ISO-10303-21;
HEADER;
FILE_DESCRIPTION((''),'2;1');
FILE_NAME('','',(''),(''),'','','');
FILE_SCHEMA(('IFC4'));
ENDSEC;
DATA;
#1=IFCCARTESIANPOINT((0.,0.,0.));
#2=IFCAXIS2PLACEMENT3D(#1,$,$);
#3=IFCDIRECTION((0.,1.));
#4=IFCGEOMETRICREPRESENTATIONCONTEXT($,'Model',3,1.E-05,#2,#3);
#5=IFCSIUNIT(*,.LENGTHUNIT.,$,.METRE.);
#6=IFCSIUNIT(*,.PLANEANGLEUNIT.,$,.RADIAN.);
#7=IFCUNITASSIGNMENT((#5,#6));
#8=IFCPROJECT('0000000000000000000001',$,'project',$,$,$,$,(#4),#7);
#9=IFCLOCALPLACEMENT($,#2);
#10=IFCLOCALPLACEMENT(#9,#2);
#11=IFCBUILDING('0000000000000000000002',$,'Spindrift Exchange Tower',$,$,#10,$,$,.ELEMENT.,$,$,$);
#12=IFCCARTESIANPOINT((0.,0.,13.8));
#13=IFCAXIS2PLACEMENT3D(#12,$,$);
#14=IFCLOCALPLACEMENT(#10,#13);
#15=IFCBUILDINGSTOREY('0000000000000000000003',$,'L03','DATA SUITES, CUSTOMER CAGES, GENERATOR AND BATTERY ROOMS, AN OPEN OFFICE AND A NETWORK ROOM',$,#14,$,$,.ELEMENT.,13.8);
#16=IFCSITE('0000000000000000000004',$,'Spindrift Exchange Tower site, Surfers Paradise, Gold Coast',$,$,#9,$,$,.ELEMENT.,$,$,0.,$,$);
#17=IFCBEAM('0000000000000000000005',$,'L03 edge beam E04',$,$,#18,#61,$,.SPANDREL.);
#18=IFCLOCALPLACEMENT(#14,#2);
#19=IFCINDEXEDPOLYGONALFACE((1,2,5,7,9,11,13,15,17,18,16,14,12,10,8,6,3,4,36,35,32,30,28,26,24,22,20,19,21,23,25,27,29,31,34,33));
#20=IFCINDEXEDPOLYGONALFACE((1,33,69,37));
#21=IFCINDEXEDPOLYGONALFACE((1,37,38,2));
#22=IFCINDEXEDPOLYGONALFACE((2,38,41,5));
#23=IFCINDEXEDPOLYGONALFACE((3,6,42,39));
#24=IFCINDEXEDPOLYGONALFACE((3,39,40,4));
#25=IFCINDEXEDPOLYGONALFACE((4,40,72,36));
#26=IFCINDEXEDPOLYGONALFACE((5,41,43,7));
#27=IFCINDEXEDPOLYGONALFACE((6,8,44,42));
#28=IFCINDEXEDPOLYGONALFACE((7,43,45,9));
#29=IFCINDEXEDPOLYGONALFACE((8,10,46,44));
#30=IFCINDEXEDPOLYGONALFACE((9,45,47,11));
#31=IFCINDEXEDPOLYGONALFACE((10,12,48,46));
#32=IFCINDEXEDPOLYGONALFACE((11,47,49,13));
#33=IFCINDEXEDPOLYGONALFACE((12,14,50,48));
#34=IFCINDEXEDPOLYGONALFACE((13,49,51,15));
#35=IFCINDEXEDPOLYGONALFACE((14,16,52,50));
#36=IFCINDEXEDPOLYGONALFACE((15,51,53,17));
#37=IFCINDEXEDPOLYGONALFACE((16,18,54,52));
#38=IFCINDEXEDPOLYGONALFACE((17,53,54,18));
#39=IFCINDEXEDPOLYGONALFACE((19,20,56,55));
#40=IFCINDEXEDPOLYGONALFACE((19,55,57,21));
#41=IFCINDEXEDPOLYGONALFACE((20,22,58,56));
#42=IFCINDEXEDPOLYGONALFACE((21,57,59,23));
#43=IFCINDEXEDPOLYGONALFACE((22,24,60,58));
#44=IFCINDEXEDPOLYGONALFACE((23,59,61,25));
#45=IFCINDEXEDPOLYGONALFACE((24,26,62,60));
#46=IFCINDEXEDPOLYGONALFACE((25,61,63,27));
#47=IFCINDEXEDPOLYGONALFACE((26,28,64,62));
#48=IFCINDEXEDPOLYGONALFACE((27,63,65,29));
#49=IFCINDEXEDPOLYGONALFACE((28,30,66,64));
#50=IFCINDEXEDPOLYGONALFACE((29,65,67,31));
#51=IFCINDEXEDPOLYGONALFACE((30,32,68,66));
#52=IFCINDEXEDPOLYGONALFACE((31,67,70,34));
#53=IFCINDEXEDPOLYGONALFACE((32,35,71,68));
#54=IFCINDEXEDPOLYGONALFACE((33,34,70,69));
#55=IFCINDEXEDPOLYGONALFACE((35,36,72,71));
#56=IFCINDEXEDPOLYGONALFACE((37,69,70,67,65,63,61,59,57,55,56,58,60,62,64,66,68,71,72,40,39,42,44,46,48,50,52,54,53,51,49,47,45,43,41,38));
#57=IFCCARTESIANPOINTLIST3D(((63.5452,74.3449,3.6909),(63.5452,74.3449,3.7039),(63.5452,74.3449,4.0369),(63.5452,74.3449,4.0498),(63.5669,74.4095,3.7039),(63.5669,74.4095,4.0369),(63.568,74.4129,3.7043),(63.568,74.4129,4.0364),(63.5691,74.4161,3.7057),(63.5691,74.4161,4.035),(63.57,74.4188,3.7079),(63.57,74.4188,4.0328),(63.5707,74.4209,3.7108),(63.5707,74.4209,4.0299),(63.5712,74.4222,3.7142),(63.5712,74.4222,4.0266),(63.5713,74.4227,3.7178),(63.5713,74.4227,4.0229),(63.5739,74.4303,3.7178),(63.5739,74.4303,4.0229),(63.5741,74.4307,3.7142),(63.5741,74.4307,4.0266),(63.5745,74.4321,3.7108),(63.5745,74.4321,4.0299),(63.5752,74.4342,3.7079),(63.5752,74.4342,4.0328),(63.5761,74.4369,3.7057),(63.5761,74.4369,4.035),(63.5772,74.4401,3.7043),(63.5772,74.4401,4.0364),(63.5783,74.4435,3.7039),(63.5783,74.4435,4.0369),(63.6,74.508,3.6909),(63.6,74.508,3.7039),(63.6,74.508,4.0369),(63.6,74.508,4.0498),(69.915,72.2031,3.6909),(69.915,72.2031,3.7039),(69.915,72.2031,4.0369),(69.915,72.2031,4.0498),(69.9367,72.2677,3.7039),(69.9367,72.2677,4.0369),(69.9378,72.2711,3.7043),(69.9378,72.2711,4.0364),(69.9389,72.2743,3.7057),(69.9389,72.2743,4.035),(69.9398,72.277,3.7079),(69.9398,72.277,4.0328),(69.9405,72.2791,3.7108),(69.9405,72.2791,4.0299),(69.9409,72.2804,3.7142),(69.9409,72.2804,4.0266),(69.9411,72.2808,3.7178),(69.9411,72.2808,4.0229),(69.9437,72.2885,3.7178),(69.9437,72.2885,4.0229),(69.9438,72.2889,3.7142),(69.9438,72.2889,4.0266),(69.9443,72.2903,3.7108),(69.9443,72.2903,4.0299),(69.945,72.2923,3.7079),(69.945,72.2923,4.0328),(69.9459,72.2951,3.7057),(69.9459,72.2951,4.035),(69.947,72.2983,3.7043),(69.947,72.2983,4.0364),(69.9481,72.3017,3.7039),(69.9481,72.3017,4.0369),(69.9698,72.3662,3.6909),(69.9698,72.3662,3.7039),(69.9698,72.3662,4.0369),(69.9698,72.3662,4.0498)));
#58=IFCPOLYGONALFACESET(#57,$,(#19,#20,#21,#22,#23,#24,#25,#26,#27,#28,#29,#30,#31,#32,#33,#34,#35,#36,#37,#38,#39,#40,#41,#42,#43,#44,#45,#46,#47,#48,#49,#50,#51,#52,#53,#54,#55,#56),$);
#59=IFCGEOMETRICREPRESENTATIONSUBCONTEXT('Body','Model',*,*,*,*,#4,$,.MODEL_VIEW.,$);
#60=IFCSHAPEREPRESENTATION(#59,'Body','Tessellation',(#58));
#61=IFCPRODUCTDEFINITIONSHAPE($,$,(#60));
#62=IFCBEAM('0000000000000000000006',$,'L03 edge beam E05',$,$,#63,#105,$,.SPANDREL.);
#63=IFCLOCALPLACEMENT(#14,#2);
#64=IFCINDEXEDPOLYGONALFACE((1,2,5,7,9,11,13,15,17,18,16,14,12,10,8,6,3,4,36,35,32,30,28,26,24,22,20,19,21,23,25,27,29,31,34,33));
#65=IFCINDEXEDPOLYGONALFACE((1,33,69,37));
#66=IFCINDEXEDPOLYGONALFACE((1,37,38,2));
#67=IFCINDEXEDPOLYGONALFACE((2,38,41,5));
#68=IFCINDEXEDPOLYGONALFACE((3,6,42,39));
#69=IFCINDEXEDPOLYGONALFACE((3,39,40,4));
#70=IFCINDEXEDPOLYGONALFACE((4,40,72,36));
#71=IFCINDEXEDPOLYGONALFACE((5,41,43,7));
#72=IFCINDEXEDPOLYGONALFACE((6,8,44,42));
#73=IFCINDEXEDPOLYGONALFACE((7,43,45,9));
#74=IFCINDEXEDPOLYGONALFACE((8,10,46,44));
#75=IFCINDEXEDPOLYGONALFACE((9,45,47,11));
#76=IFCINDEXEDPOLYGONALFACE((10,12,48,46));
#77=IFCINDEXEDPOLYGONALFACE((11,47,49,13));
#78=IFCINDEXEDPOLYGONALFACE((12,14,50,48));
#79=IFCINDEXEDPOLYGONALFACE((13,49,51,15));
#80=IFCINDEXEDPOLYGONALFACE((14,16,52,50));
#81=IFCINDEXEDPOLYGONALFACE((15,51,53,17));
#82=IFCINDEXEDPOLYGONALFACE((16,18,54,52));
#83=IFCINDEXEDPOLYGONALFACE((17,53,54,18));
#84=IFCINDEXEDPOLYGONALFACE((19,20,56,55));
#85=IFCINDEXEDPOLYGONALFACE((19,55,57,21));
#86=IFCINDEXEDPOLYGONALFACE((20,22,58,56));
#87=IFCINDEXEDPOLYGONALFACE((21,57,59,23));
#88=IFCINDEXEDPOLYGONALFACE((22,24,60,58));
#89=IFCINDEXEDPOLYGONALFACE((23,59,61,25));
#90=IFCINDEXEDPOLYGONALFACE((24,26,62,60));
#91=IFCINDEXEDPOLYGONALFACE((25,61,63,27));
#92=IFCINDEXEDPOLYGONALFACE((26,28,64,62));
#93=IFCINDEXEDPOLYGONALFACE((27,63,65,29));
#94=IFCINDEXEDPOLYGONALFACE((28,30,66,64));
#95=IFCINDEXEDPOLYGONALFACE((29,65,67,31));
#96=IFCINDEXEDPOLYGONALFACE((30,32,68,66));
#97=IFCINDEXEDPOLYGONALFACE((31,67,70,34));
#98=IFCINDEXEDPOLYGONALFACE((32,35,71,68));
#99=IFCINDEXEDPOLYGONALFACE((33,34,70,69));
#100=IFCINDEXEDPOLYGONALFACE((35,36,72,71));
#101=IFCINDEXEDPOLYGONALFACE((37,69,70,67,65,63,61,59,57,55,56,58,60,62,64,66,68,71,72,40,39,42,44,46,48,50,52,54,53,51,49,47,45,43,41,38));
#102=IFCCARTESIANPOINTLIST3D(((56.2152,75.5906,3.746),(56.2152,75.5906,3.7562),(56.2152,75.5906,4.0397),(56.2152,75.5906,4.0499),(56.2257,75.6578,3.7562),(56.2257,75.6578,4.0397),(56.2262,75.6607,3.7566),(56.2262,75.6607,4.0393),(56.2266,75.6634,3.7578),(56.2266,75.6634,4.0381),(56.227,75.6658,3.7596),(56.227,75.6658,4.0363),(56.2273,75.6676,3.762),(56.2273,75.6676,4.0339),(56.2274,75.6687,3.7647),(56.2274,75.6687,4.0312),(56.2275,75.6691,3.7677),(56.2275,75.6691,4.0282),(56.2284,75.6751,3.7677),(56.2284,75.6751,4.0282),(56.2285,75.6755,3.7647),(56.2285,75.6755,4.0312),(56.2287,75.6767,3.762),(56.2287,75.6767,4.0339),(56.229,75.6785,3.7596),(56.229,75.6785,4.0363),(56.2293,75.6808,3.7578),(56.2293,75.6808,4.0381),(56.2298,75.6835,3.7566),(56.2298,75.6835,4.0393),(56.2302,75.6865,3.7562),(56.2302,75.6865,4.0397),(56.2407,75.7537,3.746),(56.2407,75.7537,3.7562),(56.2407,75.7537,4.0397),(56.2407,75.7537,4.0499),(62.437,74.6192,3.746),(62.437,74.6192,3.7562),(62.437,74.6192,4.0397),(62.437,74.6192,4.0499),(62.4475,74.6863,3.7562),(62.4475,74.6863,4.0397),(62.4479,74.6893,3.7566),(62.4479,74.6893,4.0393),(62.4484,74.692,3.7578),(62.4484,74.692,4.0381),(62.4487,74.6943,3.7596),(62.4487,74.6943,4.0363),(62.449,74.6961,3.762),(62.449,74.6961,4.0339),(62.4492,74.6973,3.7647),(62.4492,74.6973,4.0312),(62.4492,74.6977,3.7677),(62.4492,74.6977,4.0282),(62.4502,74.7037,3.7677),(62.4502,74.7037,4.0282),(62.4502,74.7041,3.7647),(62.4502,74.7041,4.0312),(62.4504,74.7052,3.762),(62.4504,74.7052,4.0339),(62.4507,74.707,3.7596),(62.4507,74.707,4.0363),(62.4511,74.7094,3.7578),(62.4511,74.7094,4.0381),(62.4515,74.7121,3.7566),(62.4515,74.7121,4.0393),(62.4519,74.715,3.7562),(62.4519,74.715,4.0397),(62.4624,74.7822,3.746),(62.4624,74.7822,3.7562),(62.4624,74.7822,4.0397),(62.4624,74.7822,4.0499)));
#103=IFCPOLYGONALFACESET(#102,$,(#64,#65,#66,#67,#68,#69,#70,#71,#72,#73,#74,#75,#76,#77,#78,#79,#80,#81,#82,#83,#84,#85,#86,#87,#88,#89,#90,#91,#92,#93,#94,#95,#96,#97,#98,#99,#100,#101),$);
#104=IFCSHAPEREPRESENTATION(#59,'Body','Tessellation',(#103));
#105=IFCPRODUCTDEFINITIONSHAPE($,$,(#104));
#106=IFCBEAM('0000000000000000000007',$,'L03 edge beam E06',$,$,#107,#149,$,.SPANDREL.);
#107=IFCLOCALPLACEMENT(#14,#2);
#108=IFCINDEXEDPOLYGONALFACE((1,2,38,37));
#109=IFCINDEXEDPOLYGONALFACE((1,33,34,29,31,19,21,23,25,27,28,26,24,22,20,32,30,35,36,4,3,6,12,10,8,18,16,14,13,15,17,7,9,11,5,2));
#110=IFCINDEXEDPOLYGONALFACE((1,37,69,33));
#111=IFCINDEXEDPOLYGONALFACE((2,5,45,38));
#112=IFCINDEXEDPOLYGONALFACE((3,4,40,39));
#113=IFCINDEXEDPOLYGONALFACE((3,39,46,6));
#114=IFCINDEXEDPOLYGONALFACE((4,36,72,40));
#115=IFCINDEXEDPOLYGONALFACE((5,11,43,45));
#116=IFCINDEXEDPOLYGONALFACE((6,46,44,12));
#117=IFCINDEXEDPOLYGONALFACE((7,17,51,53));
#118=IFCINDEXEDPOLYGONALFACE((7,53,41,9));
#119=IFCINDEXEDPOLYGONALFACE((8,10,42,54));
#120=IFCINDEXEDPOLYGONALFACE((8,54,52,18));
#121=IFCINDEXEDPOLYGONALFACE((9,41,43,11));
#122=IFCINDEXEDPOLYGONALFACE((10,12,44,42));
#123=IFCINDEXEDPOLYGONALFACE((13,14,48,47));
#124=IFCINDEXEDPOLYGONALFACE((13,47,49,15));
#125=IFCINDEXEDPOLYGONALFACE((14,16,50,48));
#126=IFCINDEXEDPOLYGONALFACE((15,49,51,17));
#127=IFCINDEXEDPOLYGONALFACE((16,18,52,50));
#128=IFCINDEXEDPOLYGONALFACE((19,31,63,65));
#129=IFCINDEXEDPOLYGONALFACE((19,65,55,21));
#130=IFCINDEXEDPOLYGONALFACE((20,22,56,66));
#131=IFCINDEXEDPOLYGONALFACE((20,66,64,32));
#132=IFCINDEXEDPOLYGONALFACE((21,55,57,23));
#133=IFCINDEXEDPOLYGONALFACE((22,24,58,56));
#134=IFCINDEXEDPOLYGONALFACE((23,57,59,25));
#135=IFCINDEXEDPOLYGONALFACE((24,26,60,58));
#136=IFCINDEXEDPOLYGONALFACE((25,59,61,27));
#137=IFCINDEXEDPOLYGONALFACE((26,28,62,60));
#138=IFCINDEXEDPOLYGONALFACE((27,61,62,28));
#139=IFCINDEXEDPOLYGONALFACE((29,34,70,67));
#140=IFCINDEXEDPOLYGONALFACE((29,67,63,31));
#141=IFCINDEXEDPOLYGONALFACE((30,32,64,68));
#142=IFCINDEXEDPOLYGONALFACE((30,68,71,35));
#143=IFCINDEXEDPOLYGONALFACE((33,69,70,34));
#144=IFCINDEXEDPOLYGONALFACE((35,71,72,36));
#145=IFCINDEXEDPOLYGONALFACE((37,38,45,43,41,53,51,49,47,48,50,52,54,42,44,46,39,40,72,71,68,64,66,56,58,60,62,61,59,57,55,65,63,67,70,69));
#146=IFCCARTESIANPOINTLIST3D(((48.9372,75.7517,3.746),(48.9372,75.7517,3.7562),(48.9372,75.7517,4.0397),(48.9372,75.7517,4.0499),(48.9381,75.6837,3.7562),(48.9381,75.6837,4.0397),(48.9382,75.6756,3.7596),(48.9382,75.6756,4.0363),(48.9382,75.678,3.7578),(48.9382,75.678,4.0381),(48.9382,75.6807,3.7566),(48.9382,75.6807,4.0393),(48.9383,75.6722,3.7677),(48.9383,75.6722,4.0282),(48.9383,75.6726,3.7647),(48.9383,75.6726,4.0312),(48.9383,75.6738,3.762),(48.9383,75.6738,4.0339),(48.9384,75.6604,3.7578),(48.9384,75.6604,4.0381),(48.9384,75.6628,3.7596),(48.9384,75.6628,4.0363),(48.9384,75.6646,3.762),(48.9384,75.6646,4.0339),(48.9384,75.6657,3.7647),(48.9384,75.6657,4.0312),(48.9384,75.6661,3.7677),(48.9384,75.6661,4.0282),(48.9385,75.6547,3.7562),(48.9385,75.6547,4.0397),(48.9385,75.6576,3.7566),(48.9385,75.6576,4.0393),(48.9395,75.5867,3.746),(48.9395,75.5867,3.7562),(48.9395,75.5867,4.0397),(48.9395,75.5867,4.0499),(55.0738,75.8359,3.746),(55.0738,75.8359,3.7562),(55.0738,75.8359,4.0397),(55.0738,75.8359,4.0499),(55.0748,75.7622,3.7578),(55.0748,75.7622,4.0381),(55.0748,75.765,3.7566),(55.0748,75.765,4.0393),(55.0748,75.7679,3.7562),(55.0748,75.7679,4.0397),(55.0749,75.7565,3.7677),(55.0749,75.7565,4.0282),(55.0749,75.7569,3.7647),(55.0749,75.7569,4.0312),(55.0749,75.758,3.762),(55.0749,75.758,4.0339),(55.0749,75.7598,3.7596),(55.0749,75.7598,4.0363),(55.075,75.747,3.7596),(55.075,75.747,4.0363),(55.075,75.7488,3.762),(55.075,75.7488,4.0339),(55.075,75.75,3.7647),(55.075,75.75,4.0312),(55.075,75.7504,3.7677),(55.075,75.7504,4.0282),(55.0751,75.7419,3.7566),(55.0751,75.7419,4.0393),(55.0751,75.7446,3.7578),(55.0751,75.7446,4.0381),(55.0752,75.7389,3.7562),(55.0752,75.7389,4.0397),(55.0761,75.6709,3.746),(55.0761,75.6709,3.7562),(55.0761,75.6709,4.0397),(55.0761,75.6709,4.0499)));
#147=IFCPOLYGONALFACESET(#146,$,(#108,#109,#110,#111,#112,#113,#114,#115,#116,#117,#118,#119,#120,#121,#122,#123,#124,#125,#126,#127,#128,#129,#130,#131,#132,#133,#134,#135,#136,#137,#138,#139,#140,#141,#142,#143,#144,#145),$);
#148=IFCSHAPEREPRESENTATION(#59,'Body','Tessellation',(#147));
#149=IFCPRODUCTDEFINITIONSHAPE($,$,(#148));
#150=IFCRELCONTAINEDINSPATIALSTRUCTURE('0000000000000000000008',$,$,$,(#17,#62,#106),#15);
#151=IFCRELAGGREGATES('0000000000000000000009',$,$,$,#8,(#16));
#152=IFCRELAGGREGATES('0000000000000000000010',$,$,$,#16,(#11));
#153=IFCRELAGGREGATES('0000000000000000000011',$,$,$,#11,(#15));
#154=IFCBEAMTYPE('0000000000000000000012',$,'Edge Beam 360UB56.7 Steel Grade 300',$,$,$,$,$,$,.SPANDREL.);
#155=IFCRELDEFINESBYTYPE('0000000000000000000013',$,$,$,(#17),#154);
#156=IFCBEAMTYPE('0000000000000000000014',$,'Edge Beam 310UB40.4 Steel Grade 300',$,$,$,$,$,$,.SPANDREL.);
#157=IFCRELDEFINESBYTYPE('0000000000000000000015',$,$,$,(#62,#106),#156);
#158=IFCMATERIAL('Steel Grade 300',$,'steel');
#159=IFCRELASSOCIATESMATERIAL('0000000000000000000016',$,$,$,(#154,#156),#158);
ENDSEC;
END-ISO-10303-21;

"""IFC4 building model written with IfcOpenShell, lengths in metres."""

from ifc_helpers import new_model, si_unit, direction, frame, origin, origin_2d, place, context, subcontext, project, spatial, i_section, extrude, source, transform, mapped, material, material_profile, profile_set, type_object, element, save


model = new_model("IFC4")

# Units and contexts
model_context = context("Model", 3, precision=1e-05, world=origin(), true_north=direction((0.0, 1.0)))
body_context = subcontext(model_context, "Body", "Model", "MODEL_VIEW")
ifc_project = project(units=[si_unit("LENGTHUNIT", "METRE"), si_unit("PLANEANGLEUNIT", "RADIAN")], contexts=[model_context])

# Site, building, storey
site_placement = place(None, origin())
site = spatial("IfcSite", under=ifc_project, at=site_placement, Name="Spindrift Exchange Tower site, Surfers Paradise, Gold Coast", CompositionType="ELEMENT", RefElevation=0.0)
building_placement = place(site_placement, origin())
building = spatial("IfcBuilding", under=site, at=building_placement, Name="Spindrift Exchange Tower", CompositionType="ELEMENT")
storey_placement = place(building_placement, frame((0.0, 0.0, 13.8)))
storey = spatial("IfcBuildingStorey", under=building, at=storey_placement, Name="L03", Description="DATA SUITES, CUSTOMER CAGES, GENERATOR AND BATTERY ROOMS, AN OPEN OFFICE AND A NETWORK ROOM", CompositionType="ELEMENT", Elevation=13.8)

# Beams
ifc_material_1 = material(Name="Steel Grade 300", Category="steel")
ifc_material_profile_1 = material_profile(ifc_material_1, i_section(OverallWidth=0.1721, OverallDepth=0.3589, WebThickness=0.0081, FlangeThickness=0.0129, FilletRadius=0.0139, at=origin_2d()), Name="360UB56.7")
ifc_profile_set_1 = profile_set([ifc_material_profile_1], Name="Steel Grade 300")
beam_type_1 = type_object("IfcBeamType", Name="Edge Beam 360UB56.7 Steel Grade 300", PredefinedType="SPANDREL", material=ifc_profile_set_1)
shared_shape_1 = source(origin(), body_context, "Body", "SweptSolid", [
    extrude(i_section(OverallWidth=0.1721, OverallDepth=0.3589, WebThickness=0.0081, FlangeThickness=0.0129, FilletRadius=0.0139, at=origin_2d()), origin(), (0.0, 0.0, 1.0), 6.7202),
])
beam_1_placement = place(storey_placement, frame((69.9424, 72.2847, 3.8704), z_axis=(-0.947852, 0.318712, 0.0), x_axis=(-0.318712, -0.947852, 0.0)))
element("IfcBeam", 1, at=beam_1_placement, inside=storey, type_object=beam_type_1, Name="L03 edge beam E04", PredefinedType="SPANDREL", context=body_context, shape_type="MappedRepresentation", body=[
    mapped(shared_shape_1, transform((0.0, 0.0, 0.0), scale=1.0)),
])
ifc_material_profile_2 = material_profile(ifc_material_1, i_section(OverallWidth=0.165, OverallDepth=0.304, WebThickness=0.0061, FlangeThickness=0.0103, FilletRadius=0.0115, at=origin_2d()), Name="310UB40.4")
ifc_profile_set_2 = profile_set([ifc_material_profile_2], Name="Steel Grade 300")
beam_type_2 = type_object("IfcBeamType", Name="Edge Beam 310UB40.4 Steel Grade 300", PredefinedType="SPANDREL", material=ifc_profile_set_2)
shared_shape_2 = source(origin(), body_context, "Body", "SweptSolid", [
    extrude(i_section(OverallWidth=0.165, OverallDepth=0.304, WebThickness=0.0061, FlangeThickness=0.0103, FilletRadius=0.0115, at=origin_2d()), origin(), (0.0, 0.0, 1.0), 6.2971),
])
beam_2_placement = place(storey_placement, frame((62.4497, 74.7007, 3.8979), z_axis=(-0.988029, 0.154268, 0.0), x_axis=(-0.154268, -0.988029, 0.0)))
element("IfcBeam", 2, at=beam_2_placement, inside=storey, type_object=beam_type_2, Name="L03 edge beam E05", PredefinedType="SPANDREL", context=body_context, shape_type="MappedRepresentation", body=[
    mapped(shared_shape_2, transform((0.0, 0.0, 0.0), scale=1.0)),
])
shared_shape_3 = source(origin(), body_context, "Body", "SweptSolid", [
    extrude(i_section(OverallWidth=0.165, OverallDepth=0.304, WebThickness=0.0061, FlangeThickness=0.0103, FilletRadius=0.0115, at=origin_2d()), origin(), (0.0, 0.0, 1.0), 6.1372),
])
beam_3_placement = place(storey_placement, frame((55.075, 75.7534, 3.8979), z_axis=(-0.999906, -0.013724, 0.0), x_axis=(0.013724, -0.999906, 0.0)))
element("IfcBeam", 3, at=beam_3_placement, inside=storey, type_object=beam_type_2, Name="L03 edge beam E06", PredefinedType="SPANDREL", context=body_context, shape_type="MappedRepresentation", body=[
    mapped(shared_shape_3, transform((0.0, 0.0, 0.0), scale=1.0)),
])

save(model, "model.ifc")
